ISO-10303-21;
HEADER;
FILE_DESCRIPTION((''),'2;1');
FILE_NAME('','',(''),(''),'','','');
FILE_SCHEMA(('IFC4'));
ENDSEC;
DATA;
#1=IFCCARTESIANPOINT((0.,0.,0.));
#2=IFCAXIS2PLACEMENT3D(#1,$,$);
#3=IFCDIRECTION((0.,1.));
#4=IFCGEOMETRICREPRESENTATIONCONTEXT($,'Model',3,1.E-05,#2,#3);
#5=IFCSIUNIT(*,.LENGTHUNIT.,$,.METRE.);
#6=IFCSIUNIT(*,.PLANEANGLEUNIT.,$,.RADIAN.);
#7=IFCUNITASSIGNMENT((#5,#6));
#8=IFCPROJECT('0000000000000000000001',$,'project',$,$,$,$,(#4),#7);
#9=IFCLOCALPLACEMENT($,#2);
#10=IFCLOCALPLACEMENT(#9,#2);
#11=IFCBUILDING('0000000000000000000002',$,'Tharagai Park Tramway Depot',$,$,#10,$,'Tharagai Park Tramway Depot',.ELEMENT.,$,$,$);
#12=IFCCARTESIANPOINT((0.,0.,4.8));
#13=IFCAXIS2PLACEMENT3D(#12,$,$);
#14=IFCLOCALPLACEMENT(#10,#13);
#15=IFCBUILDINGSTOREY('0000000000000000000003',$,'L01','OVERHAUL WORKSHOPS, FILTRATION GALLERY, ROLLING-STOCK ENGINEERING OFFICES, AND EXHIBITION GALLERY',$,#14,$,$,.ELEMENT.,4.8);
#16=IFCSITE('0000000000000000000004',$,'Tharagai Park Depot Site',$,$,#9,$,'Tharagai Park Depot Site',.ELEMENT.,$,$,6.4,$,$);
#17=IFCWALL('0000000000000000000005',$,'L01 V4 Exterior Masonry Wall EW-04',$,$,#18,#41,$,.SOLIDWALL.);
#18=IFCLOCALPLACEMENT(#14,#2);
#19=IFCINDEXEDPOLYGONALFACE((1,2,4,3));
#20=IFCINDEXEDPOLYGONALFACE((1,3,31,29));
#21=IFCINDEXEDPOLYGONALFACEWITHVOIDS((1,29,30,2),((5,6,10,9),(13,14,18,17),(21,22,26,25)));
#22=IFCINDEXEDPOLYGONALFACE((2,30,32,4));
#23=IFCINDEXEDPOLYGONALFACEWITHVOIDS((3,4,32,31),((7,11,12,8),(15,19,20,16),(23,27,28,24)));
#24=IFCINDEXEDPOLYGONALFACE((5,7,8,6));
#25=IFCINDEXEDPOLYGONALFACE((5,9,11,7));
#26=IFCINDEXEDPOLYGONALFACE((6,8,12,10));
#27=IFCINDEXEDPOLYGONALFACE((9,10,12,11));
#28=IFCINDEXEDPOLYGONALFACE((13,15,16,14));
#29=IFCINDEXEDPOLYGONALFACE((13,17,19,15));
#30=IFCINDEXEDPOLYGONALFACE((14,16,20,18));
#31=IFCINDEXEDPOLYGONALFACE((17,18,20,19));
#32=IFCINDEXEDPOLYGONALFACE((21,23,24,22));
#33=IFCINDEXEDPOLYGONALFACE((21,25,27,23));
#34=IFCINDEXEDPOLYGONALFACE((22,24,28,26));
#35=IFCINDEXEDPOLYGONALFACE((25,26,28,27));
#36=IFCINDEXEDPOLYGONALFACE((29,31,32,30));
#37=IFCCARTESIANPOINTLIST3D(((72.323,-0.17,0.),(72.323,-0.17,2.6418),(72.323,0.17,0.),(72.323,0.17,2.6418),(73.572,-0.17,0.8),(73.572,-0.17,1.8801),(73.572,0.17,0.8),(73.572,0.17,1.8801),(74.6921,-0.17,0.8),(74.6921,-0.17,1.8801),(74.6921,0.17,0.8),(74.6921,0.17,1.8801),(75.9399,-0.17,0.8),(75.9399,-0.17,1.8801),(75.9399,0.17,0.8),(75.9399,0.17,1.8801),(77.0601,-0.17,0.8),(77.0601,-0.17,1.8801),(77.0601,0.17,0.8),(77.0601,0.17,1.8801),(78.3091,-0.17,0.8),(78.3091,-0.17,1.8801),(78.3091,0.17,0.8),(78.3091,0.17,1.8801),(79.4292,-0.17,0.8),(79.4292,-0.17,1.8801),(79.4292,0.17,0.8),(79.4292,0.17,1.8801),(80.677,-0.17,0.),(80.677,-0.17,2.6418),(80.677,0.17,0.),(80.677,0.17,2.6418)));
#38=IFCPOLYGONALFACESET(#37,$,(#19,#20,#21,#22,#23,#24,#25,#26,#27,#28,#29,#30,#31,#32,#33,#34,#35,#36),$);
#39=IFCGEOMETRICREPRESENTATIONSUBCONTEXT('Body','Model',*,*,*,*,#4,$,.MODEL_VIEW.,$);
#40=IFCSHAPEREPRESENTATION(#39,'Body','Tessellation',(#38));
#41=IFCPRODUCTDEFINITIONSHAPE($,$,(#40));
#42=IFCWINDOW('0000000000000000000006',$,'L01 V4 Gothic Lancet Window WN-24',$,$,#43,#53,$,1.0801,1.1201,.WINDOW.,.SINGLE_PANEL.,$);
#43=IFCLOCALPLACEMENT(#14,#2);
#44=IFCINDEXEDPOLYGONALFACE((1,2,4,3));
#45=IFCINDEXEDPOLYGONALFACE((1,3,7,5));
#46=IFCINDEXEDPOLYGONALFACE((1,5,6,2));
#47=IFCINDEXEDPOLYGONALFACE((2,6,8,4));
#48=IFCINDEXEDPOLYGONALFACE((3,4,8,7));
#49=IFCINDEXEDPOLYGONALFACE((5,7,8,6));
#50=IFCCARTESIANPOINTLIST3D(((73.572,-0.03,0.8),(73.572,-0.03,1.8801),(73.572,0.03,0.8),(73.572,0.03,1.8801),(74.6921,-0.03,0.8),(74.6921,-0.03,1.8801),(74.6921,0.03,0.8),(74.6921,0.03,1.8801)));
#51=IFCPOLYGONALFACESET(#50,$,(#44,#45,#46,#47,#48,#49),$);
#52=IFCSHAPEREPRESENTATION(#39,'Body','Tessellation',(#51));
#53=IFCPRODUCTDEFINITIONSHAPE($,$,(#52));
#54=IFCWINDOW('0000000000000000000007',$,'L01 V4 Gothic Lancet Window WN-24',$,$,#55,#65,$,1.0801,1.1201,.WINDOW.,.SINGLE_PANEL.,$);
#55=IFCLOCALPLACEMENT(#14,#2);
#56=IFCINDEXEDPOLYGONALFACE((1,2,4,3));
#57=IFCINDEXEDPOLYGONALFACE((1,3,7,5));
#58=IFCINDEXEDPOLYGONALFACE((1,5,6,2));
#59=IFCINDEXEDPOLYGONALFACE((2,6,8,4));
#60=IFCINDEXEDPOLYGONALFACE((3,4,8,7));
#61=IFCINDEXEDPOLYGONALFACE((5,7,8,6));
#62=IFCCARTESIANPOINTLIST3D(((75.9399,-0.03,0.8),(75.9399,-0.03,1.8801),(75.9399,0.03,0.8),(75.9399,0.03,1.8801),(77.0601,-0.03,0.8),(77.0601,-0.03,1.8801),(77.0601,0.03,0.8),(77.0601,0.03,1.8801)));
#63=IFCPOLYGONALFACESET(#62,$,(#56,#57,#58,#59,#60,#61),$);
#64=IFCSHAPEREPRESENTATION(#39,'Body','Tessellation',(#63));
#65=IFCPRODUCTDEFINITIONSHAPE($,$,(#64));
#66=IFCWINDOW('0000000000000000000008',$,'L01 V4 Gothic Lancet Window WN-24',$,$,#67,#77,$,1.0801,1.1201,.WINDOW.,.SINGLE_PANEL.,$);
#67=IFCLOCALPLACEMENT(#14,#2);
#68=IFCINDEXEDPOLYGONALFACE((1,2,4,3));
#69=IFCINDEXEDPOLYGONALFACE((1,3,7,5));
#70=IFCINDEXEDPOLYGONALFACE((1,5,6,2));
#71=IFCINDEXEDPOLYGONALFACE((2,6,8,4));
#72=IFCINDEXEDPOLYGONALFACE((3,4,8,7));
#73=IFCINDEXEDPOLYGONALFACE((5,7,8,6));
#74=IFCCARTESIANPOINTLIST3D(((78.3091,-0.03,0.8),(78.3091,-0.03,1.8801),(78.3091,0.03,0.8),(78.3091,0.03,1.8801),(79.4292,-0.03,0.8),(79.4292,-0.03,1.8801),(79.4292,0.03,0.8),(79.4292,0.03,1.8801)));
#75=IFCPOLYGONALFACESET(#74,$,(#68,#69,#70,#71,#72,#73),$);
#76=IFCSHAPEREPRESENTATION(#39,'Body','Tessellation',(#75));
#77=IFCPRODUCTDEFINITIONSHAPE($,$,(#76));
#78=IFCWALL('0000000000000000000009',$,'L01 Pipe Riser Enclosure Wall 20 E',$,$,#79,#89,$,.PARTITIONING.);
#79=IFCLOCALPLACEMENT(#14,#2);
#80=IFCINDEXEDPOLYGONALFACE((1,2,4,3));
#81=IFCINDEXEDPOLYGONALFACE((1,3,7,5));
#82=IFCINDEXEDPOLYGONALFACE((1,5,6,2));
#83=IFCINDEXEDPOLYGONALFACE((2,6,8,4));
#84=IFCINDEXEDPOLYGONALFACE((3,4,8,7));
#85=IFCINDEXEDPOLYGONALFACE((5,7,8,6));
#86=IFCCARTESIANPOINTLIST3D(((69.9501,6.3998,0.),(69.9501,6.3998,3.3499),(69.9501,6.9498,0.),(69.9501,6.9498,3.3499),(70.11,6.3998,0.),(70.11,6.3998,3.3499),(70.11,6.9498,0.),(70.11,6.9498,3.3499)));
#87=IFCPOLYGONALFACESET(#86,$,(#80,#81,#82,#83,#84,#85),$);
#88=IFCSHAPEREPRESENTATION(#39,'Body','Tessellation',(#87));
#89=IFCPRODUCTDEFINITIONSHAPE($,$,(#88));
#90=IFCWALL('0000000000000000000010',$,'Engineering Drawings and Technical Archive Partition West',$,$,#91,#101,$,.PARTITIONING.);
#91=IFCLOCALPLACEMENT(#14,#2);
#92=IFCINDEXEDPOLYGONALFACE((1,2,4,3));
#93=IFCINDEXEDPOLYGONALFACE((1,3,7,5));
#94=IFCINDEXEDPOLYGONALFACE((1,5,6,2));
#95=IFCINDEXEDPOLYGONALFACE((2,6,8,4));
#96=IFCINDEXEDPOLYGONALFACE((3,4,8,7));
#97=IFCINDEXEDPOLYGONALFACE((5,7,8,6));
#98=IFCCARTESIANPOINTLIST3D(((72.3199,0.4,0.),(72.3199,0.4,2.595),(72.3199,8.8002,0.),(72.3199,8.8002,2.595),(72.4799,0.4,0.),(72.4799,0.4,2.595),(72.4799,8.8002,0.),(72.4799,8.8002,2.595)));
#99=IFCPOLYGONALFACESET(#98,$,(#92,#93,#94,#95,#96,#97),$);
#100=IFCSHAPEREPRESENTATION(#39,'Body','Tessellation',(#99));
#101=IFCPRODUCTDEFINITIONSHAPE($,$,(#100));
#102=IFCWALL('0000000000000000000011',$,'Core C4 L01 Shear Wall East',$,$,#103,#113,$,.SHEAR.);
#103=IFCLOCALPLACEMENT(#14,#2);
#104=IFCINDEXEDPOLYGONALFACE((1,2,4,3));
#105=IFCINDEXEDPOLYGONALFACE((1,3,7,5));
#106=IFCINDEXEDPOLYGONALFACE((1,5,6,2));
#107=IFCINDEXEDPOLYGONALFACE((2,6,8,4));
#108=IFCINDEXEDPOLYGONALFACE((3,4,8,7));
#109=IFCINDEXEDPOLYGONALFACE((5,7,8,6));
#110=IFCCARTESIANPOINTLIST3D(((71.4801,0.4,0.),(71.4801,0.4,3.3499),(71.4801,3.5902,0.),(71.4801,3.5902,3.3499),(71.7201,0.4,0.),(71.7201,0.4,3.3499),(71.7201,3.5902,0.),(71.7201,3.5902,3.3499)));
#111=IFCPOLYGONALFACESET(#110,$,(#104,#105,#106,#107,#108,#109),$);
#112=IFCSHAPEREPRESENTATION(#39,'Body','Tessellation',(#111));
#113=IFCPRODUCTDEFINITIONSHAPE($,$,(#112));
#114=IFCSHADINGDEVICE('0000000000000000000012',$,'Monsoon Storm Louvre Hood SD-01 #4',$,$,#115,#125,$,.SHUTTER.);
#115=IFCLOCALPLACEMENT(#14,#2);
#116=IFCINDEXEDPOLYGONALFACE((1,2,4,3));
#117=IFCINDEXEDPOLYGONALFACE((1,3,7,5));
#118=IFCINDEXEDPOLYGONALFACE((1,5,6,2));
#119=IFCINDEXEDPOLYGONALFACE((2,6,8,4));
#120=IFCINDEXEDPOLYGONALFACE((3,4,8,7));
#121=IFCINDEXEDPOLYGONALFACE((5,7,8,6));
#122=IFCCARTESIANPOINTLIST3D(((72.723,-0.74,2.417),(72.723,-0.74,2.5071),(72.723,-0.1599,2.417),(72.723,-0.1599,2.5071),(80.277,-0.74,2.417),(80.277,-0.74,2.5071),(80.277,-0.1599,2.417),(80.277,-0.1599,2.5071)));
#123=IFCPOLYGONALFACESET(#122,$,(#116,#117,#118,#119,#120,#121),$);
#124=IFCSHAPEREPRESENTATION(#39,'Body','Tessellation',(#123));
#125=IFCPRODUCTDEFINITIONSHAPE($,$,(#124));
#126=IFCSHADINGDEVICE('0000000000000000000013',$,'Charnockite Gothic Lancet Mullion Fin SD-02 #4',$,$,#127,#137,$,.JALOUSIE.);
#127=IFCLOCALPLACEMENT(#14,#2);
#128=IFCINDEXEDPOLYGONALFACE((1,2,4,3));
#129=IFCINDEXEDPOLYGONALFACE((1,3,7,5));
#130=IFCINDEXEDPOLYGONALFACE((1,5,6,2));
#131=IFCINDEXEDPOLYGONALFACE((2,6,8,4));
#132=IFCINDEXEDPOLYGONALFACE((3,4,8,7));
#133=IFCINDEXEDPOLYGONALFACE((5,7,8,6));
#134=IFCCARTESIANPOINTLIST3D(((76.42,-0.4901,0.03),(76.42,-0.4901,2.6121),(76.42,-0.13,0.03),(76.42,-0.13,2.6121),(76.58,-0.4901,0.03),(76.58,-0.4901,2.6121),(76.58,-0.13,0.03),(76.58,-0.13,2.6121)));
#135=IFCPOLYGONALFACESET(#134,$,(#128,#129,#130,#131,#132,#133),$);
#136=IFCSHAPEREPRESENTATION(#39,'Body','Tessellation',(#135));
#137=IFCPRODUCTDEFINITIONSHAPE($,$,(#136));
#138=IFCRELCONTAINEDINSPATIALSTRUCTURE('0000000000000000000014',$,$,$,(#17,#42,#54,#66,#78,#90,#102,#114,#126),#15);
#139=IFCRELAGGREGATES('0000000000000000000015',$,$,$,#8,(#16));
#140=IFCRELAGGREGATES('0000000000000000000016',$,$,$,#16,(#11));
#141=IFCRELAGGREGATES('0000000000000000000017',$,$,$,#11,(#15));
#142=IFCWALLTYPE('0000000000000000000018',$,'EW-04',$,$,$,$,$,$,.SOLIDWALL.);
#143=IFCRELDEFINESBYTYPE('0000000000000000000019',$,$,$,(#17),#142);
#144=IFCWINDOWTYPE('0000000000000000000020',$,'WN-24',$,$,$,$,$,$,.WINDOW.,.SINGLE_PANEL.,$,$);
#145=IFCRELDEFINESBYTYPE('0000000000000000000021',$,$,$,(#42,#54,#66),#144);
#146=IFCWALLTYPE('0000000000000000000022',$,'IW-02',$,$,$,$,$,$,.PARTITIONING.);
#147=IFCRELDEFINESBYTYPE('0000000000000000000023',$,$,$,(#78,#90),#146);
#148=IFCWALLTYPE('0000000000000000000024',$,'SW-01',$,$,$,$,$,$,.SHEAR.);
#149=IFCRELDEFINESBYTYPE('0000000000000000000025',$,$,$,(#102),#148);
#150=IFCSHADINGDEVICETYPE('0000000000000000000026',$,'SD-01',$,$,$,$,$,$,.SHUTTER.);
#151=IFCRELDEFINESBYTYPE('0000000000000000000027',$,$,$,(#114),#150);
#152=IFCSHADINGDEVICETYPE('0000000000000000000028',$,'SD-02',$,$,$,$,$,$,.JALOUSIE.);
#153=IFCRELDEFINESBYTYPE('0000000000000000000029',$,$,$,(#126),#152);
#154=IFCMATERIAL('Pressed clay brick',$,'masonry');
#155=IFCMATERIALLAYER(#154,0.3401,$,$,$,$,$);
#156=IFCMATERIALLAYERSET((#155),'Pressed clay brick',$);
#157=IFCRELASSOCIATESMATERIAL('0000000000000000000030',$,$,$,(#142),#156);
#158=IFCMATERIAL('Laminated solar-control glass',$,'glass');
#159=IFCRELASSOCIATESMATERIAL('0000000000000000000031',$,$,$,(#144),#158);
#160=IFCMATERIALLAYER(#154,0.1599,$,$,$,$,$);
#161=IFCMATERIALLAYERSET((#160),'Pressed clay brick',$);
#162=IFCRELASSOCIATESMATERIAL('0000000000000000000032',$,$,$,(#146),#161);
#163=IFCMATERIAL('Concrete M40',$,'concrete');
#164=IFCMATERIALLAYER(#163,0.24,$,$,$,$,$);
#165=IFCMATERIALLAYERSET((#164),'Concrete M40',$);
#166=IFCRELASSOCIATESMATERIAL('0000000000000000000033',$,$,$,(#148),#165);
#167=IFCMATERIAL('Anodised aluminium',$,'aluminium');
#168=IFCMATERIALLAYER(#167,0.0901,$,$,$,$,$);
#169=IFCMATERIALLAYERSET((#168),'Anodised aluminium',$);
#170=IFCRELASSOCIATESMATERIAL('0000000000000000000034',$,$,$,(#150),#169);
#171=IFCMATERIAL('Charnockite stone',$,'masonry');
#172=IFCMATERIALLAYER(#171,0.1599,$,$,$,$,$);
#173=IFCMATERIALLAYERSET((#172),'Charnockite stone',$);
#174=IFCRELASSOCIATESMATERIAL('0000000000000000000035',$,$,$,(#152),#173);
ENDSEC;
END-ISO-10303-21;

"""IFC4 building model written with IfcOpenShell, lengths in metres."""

from ifc_helpers import new_model, si_unit, direction, frame, frame_2d, origin, origin_2d, place, context, subcontext, project, spatial, rectangle, extrude, material, layer, layer_set, type_object, element, fill, save


model = new_model("IFC4")

# Units and contexts
model_context = context("Model", 3, precision=1e-05, world=origin(), true_north=direction((0.0, 1.0)))
body_context = subcontext(model_context, "Body", "Model", "MODEL_VIEW")
ifc_project = project(units=[si_unit("LENGTHUNIT", "METRE"), si_unit("PLANEANGLEUNIT", "RADIAN")], contexts=[model_context])

# Site, building, storey
site_placement = place(None, origin())
site = spatial("IfcSite", under=ifc_project, at=site_placement, Name="Tharagai Park Depot Site", LongName="Tharagai Park Depot Site", CompositionType="ELEMENT", RefElevation=6.4)
building_placement = place(site_placement, origin())
building = spatial("IfcBuilding", under=site, at=building_placement, Name="Tharagai Park Tramway Depot", LongName="Tharagai Park Tramway Depot", CompositionType="ELEMENT")
storey_placement = place(building_placement, frame((0.0, 0.0, 4.8)))
storey = spatial("IfcBuildingStorey", under=building, at=storey_placement, Name="L01", Description="OVERHAUL WORKSHOPS, FILTRATION GALLERY, ROLLING-STOCK ENGINEERING OFFICES, AND EXHIBITION GALLERY", CompositionType="ELEMENT", Elevation=4.8)

# Shared definitions
ifc_material_1 = material(Name="Concrete M40", Category="concrete")

# Wall, openings, windows
ifc_material_2 = material(Name="Pressed clay brick", Category="masonry")
ifc_layer_1 = layer(ifc_material_2, 0.3401)
ifc_layer_set_1 = layer_set([ifc_layer_1], Name="Pressed clay brick")
wall_type_1 = type_object("IfcWallType", Name="EW-04", PredefinedType="SOLIDWALL", material=ifc_layer_set_1)
wall_1_placement = place(storey_placement, frame((72.323, 0.0, 0.0), z_axis=(0.0, 0.0, 1.0), x_axis=(1.0, 0.0, 0.0)))
wall_1 = element("IfcWall", 1, at=wall_1_placement, inside=storey, type_object=wall_type_1, Name="L01 V4 Exterior Masonry Wall EW-04", PredefinedType="SOLIDWALL", context=body_context, shape_type="SweptSolid", body=[
    extrude(rectangle(XDim=8.354, YDim=0.3401, at=frame_2d((4.177, 0.0))), origin(), (0.0, 0.0, 1.0), 2.6418),
])
opening_1_placement = place(wall_1_placement, frame((1.249, 0.0, 0.8)))
opening_1 = element("IfcOpeningElement", 2, at=opening_1_placement, cuts=wall_1, PredefinedType="OPENING", context=body_context, shape_type="SweptSolid", body=[
    extrude(rectangle(XDim=1.1201, YDim=1.0801, at=frame_2d((0.5601, 0.54))), frame((0.0, 0.1799, 0.0), z_axis=(0.0, -1.0, 0.0), x_axis=(1.0, 0.0, 0.0)), (0.0, 0.0, 1.0), 0.3601),
])
opening_2_placement = place(wall_1_placement, frame((3.6169, 0.0, 0.8)))
opening_2 = element("IfcOpeningElement", 3, at=opening_2_placement, cuts=wall_1, PredefinedType="OPENING", context=body_context, shape_type="SweptSolid", body=[
    extrude(rectangle(XDim=1.1201, YDim=1.0801, at=frame_2d((0.5601, 0.54))), frame((0.0, 0.1799, 0.0), z_axis=(0.0, -1.0, 0.0), x_axis=(1.0, 0.0, 0.0)), (0.0, 0.0, 1.0), 0.3601),
])
opening_3_placement = place(wall_1_placement, frame((5.9861, 0.0, 0.8)))
opening_3 = element("IfcOpeningElement", 4, at=opening_3_placement, cuts=wall_1, PredefinedType="OPENING", context=body_context, shape_type="SweptSolid", body=[
    extrude(rectangle(XDim=1.1201, YDim=1.0801, at=frame_2d((0.5601, 0.54))), frame((0.0, 0.1799, 0.0), z_axis=(0.0, -1.0, 0.0), x_axis=(1.0, 0.0, 0.0)), (0.0, 0.0, 1.0), 0.3601),
])
ifc_material_3 = material(Name="Laminated solar-control glass", Category="glass")
window_type = type_object("IfcWindowType", Name="WN-24", PartitioningType="SINGLE_PANEL", PredefinedType="WINDOW", material=ifc_material_3)
window_1_placement = place(opening_1_placement, origin())
window_1 = element("IfcWindow", 5, at=window_1_placement, inside=storey, type_object=window_type, Name="L01 V4 Gothic Lancet Window WN-24", OverallHeight=1.0801, OverallWidth=1.1201, PartitioningType="SINGLE_PANEL", PredefinedType="WINDOW", context=body_context, shape_type="SweptSolid", body=[
    extrude(rectangle(XDim=1.1201, YDim=1.0801, at=frame_2d((0.5601, 0.54))), frame((0.0, 0.03, 0.0), z_axis=(0.0, -1.0, 0.0), x_axis=(1.0, 0.0, 0.0)), (0.0, 0.0, 1.0), 0.0601),
])
fill(opening_1, window_1)
window_2_placement = place(opening_2_placement, origin())
window_2 = element("IfcWindow", 6, at=window_2_placement, inside=storey, type_object=window_type, Name="L01 V4 Gothic Lancet Window WN-24", OverallHeight=1.0801, OverallWidth=1.1201, PartitioningType="SINGLE_PANEL", PredefinedType="WINDOW", context=body_context, shape_type="SweptSolid", body=[
    extrude(rectangle(XDim=1.1201, YDim=1.0801, at=frame_2d((0.5601, 0.54))), frame((0.0, 0.03, 0.0), z_axis=(0.0, -1.0, 0.0), x_axis=(1.0, 0.0, 0.0)), (0.0, 0.0, 1.0), 0.0601),
])
fill(opening_2, window_2)
window_3_placement = place(opening_3_placement, origin())
window_3 = element("IfcWindow", 7, at=window_3_placement, inside=storey, type_object=window_type, Name="L01 V4 Gothic Lancet Window WN-24", OverallHeight=1.0801, OverallWidth=1.1201, PartitioningType="SINGLE_PANEL", PredefinedType="WINDOW", context=body_context, shape_type="SweptSolid", body=[
    extrude(rectangle(XDim=1.1201, YDim=1.0801, at=frame_2d((0.5601, 0.54))), frame((0.0, 0.03, 0.0), z_axis=(0.0, -1.0, 0.0), x_axis=(1.0, 0.0, 0.0)), (0.0, 0.0, 1.0), 0.0601),
])
fill(opening_3, window_3)

# Walls
ifc_layer_2 = layer(ifc_material_2, 0.1599)
ifc_layer_set_2 = layer_set([ifc_layer_2], Name="Pressed clay brick")
wall_type_2 = type_object("IfcWallType", Name="IW-02", PredefinedType="PARTITIONING", material=ifc_layer_set_2)
wall_2_placement = place(storey_placement, frame((70.03, 6.3999, 0.0), z_axis=(0.0, 0.0, 1.0), x_axis=(0.0, 1.0, 0.0)))
element("IfcWall", 8, at=wall_2_placement, inside=storey, type_object=wall_type_2, Name="L01 Pipe Riser Enclosure Wall 20 E", PredefinedType="PARTITIONING", context=body_context, shape_type="SweptSolid", body=[
    extrude(rectangle(XDim=0.55, YDim=0.1599, at=frame_2d((0.2749, 0.0))), origin(), (0.0, 0.0, 1.0), 3.3499),
])
wall_3_placement = place(storey_placement, frame((72.3999, 0.3999, 0.0), z_axis=(0.0, 0.0, 1.0), x_axis=(0.0, 1.0, 0.0)))
element("IfcWall", 9, at=wall_3_placement, inside=storey, type_object=wall_type_2, Name="Engineering Drawings and Technical Archive Partition West", PredefinedType="PARTITIONING", context=body_context, shape_type="SweptSolid", body=[
    extrude(rectangle(XDim=8.4001, YDim=0.1599, at=frame_2d((4.2002, 0.0))), origin(), (0.0, 0.0, 1.0), 2.595),
])
ifc_layer_3 = layer(ifc_material_1, 0.24)
ifc_layer_set_3 = layer_set([ifc_layer_3], Name="Concrete M40")
wall_type_3 = type_object("IfcWallType", Name="SW-01", PredefinedType="SHEAR", material=ifc_layer_set_3)
wall_4_placement = place(storey_placement, frame((71.6001, 0.3999, 0.0), z_axis=(0.0, 0.0, 1.0), x_axis=(0.0, 1.0, 0.0)))
element("IfcWall", 10, at=wall_4_placement, inside=storey, type_object=wall_type_3, Name="Core C4 L01 Shear Wall East", PredefinedType="SHEAR", context=body_context, shape_type="SweptSolid", body=[
    extrude(rectangle(XDim=3.1902, YDim=0.24, at=frame_2d((1.5952, 0.0))), origin(), (0.0, 0.0, 1.0), 3.3499),
])

# Shading devices
ifc_material_4 = material(Name="Anodised aluminium", Category="aluminium")
ifc_layer_4 = layer(ifc_material_4, 0.0901)
ifc_layer_set_4 = layer_set([ifc_layer_4], Name="Anodised aluminium")
shading_device_type_1 = type_object("IfcShadingDeviceType", Name="SD-01", PredefinedType="SHUTTER", material=ifc_layer_set_4)
shading_device_1_placement = place(storey_placement, frame((76.5, -0.45, 2.417), z_axis=(0.0, 0.0, 1.0), x_axis=(1.0, 0.0, 0.0)))
element("IfcShadingDevice", 11, at=shading_device_1_placement, inside=storey, type_object=shading_device_type_1, Name="Monsoon Storm Louvre Hood SD-01 #4", PredefinedType="SHUTTER", context=body_context, shape_type="SweptSolid", body=[
    extrude(rectangle(XDim=7.554, YDim=0.5801, at=origin_2d()), origin(), (0.0, 0.0, 1.0), 0.0901),
])
ifc_material_5 = material(Name="Charnockite stone", Category="masonry")
ifc_layer_5 = layer(ifc_material_5, 0.1599)
ifc_layer_set_5 = layer_set([ifc_layer_5], Name="Charnockite stone")
shading_device_type_2 = type_object("IfcShadingDeviceType", Name="SD-02", PredefinedType="JALOUSIE", material=ifc_layer_set_5)
shading_device_2_placement = place(storey_placement, frame((76.5, -0.3101, 0.03), z_axis=(0.0, 0.0, 1.0), x_axis=(1.0, 0.0, 0.0)))
element("IfcShadingDevice", 12, at=shading_device_2_placement, inside=storey, type_object=shading_device_type_2, Name="Charnockite Gothic Lancet Mullion Fin SD-02 #4", PredefinedType="JALOUSIE", context=body_context, shape_type="SweptSolid", body=[
    extrude(rectangle(XDim=0.1599, YDim=0.3601, at=origin_2d()), origin(), (0.0, 0.0, 1.0), 2.582),
])

save(model, "model.ifc")
